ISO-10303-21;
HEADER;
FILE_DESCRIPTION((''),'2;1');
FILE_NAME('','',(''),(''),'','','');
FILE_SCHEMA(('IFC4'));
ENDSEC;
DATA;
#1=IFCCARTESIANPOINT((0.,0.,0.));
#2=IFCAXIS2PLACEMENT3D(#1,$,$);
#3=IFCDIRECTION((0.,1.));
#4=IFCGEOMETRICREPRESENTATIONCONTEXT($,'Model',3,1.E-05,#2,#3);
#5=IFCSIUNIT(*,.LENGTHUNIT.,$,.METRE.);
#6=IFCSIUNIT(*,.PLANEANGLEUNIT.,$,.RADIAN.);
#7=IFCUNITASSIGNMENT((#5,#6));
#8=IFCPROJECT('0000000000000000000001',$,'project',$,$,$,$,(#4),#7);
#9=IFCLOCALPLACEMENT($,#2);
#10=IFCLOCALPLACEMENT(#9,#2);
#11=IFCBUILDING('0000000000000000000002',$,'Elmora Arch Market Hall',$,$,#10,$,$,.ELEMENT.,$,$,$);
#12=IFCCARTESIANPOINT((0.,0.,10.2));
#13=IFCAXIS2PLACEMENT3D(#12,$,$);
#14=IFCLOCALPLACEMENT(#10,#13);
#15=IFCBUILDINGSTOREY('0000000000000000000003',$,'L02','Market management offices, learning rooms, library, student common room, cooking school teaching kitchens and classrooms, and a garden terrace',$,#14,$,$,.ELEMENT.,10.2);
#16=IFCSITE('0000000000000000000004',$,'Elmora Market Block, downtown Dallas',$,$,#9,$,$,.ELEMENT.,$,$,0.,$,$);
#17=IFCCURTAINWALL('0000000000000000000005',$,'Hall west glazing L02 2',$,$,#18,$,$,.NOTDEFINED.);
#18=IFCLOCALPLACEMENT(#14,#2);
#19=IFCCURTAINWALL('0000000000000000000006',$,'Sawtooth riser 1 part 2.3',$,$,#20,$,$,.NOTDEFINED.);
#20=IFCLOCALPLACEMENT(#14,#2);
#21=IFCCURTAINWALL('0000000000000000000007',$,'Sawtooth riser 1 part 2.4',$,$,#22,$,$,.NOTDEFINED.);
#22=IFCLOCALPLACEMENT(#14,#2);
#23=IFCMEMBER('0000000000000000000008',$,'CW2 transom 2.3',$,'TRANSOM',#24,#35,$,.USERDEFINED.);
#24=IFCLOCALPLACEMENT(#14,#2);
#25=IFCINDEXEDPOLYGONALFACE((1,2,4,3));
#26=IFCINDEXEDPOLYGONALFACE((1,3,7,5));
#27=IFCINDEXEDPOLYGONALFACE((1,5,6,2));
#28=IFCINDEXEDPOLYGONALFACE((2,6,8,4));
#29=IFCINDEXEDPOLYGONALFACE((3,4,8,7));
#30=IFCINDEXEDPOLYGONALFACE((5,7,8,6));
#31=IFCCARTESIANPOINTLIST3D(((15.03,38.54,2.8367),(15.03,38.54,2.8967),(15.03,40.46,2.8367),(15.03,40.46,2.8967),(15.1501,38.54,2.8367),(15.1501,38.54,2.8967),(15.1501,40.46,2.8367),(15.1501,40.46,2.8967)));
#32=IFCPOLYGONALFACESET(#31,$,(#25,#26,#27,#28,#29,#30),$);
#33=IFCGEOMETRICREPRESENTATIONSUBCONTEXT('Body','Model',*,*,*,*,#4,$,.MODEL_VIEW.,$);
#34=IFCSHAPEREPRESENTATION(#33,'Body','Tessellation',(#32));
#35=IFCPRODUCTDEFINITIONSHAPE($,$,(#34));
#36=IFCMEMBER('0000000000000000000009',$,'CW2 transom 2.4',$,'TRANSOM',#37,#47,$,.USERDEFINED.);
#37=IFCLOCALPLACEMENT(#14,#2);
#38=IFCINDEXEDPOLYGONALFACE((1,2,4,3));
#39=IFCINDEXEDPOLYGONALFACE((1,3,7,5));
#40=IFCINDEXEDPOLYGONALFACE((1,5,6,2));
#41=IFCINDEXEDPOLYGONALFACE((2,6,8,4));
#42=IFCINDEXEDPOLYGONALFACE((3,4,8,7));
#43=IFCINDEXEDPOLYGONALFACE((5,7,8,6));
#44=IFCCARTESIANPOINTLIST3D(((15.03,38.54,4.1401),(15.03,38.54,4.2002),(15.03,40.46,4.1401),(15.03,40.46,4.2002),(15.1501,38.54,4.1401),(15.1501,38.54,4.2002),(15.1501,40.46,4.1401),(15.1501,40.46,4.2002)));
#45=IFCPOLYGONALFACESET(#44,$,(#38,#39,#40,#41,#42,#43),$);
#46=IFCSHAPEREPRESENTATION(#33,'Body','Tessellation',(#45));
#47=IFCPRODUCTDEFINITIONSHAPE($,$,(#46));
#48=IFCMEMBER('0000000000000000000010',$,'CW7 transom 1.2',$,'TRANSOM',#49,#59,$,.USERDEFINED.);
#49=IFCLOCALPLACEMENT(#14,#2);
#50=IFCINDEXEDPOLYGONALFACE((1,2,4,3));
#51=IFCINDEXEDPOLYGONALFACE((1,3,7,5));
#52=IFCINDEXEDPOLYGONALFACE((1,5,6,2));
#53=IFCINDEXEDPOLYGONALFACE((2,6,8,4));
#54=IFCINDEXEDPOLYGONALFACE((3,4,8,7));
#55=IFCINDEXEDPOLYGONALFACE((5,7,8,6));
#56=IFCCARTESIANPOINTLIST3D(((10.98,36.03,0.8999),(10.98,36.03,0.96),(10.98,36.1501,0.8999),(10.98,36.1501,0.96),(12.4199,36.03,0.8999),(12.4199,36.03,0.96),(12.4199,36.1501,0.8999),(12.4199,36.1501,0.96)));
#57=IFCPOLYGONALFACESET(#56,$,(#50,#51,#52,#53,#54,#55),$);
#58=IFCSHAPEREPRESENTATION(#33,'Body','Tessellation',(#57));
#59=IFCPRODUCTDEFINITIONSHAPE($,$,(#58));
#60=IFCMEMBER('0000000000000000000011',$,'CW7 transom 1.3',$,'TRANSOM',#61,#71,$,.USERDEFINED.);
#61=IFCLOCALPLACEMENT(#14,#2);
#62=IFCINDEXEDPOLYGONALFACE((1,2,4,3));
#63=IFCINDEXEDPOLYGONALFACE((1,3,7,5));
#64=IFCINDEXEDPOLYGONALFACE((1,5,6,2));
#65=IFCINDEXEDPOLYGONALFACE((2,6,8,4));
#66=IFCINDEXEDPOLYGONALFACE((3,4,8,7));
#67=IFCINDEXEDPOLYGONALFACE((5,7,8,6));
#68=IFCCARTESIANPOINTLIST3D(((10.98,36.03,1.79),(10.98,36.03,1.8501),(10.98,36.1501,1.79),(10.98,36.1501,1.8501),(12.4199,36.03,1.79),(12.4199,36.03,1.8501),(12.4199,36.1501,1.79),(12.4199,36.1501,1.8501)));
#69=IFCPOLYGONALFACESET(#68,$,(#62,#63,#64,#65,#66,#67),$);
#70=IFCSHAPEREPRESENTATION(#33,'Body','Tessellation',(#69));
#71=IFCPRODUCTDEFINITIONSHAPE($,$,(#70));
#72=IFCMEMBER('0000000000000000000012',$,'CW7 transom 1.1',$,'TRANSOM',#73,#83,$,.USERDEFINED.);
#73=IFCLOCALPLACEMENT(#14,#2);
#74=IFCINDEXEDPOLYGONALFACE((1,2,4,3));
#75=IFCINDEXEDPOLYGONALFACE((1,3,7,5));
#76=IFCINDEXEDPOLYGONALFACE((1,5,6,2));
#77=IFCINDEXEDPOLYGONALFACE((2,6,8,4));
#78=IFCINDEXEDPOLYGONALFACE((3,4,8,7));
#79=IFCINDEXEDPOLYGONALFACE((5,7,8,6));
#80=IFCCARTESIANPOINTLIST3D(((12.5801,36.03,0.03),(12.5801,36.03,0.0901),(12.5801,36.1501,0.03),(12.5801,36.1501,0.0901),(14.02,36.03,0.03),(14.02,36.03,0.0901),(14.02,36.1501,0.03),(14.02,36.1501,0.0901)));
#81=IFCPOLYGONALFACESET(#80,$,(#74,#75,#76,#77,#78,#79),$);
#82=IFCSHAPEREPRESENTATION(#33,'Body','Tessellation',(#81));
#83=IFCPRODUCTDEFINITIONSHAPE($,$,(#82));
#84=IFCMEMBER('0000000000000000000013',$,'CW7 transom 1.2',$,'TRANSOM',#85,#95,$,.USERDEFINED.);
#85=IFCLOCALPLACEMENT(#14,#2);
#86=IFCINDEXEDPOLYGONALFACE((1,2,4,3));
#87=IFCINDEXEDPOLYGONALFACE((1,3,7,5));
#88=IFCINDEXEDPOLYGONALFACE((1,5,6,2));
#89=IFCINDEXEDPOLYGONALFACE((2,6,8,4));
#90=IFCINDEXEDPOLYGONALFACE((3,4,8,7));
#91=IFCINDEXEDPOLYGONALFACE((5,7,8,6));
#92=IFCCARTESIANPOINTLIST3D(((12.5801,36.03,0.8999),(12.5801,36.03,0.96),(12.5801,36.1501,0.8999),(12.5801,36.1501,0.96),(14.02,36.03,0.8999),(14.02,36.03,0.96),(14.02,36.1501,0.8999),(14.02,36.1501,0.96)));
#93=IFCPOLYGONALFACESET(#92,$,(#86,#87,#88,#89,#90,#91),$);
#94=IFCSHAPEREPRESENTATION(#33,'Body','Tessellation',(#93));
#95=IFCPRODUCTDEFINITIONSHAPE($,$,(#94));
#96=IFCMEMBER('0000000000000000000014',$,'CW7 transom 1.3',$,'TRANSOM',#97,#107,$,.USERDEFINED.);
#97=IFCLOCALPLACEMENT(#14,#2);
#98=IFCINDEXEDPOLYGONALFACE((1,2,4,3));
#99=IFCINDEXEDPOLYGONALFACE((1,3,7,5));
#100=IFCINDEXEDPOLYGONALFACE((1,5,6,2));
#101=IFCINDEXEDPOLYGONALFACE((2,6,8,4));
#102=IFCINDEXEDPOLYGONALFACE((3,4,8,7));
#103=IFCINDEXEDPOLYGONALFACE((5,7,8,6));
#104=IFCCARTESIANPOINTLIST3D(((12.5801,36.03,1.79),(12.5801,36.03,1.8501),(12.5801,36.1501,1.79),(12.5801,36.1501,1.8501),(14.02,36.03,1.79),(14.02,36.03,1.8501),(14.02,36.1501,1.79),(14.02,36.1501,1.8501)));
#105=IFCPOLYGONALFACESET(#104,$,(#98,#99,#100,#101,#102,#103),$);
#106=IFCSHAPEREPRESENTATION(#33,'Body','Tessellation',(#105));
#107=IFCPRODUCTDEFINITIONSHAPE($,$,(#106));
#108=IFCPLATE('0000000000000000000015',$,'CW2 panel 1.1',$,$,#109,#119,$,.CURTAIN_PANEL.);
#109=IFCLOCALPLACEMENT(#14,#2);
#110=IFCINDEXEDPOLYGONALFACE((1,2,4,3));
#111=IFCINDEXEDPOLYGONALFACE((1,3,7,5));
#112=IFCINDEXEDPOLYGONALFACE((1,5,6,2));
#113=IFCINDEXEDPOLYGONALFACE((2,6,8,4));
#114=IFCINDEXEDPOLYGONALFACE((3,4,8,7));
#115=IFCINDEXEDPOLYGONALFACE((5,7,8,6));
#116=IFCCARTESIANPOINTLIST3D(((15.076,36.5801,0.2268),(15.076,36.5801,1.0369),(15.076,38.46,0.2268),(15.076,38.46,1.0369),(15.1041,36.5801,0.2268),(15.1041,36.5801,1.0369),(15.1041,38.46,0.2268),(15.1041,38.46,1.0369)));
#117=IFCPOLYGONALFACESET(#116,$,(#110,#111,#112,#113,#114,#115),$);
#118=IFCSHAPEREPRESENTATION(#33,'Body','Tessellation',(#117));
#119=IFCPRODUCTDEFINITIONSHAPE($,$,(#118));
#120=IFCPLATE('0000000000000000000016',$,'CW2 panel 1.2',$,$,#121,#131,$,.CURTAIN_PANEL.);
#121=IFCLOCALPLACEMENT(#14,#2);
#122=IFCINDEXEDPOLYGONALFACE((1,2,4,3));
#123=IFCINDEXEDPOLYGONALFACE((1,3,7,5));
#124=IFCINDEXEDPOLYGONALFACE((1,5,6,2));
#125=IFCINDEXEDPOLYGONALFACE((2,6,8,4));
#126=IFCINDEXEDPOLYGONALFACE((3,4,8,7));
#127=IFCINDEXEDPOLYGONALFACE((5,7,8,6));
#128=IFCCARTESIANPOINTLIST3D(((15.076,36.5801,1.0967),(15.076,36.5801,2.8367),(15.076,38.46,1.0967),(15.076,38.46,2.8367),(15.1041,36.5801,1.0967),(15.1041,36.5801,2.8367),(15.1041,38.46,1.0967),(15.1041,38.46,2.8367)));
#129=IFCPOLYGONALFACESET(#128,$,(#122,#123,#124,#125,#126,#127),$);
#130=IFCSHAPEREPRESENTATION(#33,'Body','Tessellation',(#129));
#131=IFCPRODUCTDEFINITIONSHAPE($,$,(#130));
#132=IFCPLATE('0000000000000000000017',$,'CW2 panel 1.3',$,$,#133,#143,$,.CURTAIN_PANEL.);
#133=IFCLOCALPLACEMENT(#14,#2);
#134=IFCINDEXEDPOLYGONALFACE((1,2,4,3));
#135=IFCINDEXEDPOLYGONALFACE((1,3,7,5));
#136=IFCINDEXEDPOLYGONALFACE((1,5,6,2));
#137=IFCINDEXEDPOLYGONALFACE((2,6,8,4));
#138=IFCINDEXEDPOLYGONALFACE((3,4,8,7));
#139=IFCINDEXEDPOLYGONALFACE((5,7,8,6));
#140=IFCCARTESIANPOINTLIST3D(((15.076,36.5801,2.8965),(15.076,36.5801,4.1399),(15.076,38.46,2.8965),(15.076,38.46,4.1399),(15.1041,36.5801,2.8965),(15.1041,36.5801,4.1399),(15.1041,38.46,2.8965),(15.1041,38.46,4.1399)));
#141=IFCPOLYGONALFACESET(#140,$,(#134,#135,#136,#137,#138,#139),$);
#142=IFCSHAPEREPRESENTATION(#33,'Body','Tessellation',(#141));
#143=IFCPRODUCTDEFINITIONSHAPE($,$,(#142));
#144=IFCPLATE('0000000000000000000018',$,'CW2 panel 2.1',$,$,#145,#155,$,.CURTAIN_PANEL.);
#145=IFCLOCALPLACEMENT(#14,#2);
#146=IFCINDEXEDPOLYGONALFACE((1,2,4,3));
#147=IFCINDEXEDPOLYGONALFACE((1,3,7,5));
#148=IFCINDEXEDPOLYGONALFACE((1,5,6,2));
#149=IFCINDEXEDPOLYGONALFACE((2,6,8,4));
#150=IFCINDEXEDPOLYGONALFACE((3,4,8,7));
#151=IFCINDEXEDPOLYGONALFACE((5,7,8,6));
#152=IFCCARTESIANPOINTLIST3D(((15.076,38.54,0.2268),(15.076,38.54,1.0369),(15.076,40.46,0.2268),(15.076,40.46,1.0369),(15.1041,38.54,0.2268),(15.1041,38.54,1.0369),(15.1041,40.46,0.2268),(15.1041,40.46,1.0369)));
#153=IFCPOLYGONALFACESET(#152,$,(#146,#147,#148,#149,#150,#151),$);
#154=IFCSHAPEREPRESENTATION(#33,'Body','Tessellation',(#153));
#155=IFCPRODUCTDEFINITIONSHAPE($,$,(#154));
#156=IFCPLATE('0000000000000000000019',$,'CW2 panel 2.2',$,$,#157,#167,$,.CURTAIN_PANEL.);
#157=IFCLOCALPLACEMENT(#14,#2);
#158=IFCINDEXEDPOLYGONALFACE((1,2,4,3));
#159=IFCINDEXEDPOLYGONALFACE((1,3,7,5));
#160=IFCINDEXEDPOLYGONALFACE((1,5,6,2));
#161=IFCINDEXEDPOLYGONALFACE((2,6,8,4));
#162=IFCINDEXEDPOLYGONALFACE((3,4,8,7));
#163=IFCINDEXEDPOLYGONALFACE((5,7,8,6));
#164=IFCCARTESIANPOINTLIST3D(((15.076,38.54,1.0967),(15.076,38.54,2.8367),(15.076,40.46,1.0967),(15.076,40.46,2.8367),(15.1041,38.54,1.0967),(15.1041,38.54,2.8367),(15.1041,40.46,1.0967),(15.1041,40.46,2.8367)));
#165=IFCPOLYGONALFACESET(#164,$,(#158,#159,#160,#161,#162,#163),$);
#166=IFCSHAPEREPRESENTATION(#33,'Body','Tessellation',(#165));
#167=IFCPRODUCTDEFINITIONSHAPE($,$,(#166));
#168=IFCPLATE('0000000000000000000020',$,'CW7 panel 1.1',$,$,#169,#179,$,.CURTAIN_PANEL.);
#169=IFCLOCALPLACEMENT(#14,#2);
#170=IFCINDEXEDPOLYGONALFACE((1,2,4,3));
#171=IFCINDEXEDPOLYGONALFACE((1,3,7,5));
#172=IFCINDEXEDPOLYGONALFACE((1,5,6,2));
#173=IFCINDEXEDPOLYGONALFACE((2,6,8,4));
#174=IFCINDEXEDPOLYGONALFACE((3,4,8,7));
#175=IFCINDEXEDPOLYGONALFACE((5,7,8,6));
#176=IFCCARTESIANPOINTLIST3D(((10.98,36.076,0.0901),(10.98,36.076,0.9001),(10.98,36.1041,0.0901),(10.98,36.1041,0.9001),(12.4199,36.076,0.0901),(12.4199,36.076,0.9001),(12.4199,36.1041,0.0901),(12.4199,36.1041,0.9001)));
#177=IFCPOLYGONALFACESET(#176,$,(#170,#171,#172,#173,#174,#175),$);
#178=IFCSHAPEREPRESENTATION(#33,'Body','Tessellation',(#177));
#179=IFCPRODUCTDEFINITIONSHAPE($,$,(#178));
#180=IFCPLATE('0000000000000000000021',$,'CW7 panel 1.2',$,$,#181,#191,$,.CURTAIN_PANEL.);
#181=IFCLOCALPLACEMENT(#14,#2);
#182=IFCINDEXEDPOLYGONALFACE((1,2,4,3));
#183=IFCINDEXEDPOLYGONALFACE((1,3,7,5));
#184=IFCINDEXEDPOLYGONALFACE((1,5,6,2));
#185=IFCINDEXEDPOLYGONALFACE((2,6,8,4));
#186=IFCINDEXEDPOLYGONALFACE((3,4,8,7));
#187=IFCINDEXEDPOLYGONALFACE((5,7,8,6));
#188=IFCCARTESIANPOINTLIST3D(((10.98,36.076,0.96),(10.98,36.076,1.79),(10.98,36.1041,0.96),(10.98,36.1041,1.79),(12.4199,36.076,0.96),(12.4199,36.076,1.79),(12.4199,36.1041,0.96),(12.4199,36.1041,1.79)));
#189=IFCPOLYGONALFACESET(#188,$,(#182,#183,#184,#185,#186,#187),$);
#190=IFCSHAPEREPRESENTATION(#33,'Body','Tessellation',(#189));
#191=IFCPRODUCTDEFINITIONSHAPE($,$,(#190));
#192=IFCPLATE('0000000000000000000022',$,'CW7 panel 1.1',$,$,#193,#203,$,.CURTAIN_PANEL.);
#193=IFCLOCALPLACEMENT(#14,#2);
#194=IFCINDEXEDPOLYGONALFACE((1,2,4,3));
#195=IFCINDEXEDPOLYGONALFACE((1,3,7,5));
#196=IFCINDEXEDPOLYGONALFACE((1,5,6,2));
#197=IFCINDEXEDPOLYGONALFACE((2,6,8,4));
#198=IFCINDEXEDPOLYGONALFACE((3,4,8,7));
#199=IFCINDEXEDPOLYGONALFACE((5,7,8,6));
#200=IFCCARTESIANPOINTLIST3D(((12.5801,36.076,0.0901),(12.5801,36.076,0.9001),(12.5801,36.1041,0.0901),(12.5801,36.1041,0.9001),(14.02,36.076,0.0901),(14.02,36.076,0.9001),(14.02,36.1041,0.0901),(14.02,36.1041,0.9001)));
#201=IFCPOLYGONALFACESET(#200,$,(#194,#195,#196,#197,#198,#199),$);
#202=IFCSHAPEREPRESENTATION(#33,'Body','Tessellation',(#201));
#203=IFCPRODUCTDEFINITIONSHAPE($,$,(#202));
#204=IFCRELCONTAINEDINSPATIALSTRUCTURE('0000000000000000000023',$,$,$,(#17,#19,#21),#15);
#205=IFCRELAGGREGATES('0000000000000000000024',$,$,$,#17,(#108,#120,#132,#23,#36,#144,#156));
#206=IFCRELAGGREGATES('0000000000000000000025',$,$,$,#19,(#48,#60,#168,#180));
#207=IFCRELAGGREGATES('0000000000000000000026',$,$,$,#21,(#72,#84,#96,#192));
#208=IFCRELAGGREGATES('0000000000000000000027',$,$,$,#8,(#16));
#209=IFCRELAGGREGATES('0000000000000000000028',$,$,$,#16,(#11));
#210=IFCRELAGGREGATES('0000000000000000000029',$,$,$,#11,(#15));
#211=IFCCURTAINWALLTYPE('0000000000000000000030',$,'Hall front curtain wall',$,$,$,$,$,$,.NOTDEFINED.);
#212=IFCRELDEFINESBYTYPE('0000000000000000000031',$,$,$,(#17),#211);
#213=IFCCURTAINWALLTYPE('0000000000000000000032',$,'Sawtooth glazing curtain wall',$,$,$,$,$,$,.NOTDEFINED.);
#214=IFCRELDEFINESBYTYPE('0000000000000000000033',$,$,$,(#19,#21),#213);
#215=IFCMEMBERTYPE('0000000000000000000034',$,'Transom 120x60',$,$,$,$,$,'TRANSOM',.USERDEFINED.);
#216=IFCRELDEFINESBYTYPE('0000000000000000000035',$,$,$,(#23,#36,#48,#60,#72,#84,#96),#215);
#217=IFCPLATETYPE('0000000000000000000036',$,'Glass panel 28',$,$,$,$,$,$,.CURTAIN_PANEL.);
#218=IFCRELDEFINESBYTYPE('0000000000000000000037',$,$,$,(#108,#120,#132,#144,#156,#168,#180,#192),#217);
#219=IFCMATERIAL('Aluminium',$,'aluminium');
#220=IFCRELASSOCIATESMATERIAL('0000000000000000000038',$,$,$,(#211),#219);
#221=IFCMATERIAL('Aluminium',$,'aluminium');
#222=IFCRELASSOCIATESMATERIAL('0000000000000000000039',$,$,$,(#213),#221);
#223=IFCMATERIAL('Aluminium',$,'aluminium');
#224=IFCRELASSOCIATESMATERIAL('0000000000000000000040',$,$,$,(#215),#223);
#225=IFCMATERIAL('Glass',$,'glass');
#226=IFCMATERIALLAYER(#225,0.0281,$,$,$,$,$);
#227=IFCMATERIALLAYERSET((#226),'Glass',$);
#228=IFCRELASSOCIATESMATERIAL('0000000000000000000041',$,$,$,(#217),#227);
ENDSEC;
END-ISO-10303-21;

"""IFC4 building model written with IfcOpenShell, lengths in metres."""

from ifc_helpers import new_model, si_unit, direction, frame, origin, origin_2d, place, context, subcontext, project, spatial, rectangle, extrude, material, layer, layer_set, material_profile, profile_set, type_object, element, aggregate, save


model = new_model("IFC4")

# Units and contexts
model_context = context("Model", 3, precision=1e-05, world=origin(), true_north=direction((0.0, 1.0)))
body_context = subcontext(model_context, "Body", "Model", "MODEL_VIEW")
ifc_project = project(units=[si_unit("LENGTHUNIT", "METRE"), si_unit("PLANEANGLEUNIT", "RADIAN")], contexts=[model_context])

# Site, building, storey
site_placement = place(None, origin())
site = spatial("IfcSite", under=ifc_project, at=site_placement, Name="Elmora Market Block, downtown Dallas", CompositionType="ELEMENT", RefElevation=0.0)
building_placement = place(site_placement, origin())
building = spatial("IfcBuilding", under=site, at=building_placement, Name="Elmora Arch Market Hall", CompositionType="ELEMENT")
storey_placement = place(building_placement, frame((0.0, 0.0, 10.2)))
storey = spatial("IfcBuildingStorey", under=building, at=storey_placement, Name="L02", Description="Market management offices, learning rooms, library, student common room, cooking school teaching kitchens and classrooms, and a garden terrace", CompositionType="ELEMENT", Elevation=10.2)

# Curtain wall
ifc_material_1 = material(Name="Aluminium", Category="aluminium")
curtain_wall_type_1 = type_object("IfcCurtainWallType", Name="Hall front curtain wall", PredefinedType="NOTDEFINED", material=ifc_material_1)
curtain_wall_1_placement = place(storey_placement, origin())
curtain_wall_1 = element("IfcCurtainWall", 1, at=curtain_wall_1_placement, inside=storey, type_object=curtain_wall_type_1, Name="Hall west glazing L02 2", PredefinedType="NOTDEFINED")

# Curtain wall
ifc_material_2 = material(Name="Aluminium", Category="aluminium")
curtain_wall_type_2 = type_object("IfcCurtainWallType", Name="Sawtooth glazing curtain wall", PredefinedType="NOTDEFINED", material=ifc_material_2)
curtain_wall_2_placement = place(storey_placement, origin())
curtain_wall_2 = element("IfcCurtainWall", 2, at=curtain_wall_2_placement, inside=storey, type_object=curtain_wall_type_2, Name="Sawtooth riser 1 part 2.3", PredefinedType="NOTDEFINED")

# Curtain wall
curtain_wall_3_placement = place(storey_placement, origin())
curtain_wall_3 = element("IfcCurtainWall", 3, at=curtain_wall_3_placement, inside=storey, type_object=curtain_wall_type_2, Name="Sawtooth riser 1 part 2.4", PredefinedType="NOTDEFINED")

# Members
ifc_material_3 = material(Name="Aluminium", Category="aluminium")
ifc_material_profile_1 = material_profile(ifc_material_3, rectangle(XDim=0.1201, YDim=0.0601, at=origin_2d()), Name="AL 120x60")
ifc_profile_set_1 = profile_set([ifc_material_profile_1], Name="Aluminium")
member_type_1 = type_object("IfcMemberType", Name="Transom 120x60", ElementType="TRANSOM", PredefinedType="USERDEFINED", material=ifc_profile_set_1)
member_1_placement = place(storey_placement, frame((15.0901, 38.54, 2.8667), z_axis=(0.0, 1.0, 0.0), x_axis=(-1.0, 0.0, 0.0)))
member_1 = element("IfcMember", 4, at=member_1_placement, type_object=member_type_1, Name="CW2 transom 2.3", ObjectType="TRANSOM", PredefinedType="USERDEFINED", context=body_context, shape_type="SweptSolid", body=[
    extrude(rectangle(XDim=0.1201, YDim=0.0601, at=origin_2d()), origin(), (0.0, 0.0, 1.0), 1.9199),
])
member_2_placement = place(storey_placement, frame((15.0901, 38.54, 4.1702), z_axis=(0.0, 1.0, 0.0), x_axis=(-1.0, 0.0, 0.0)))
member_2 = element("IfcMember", 5, at=member_2_placement, type_object=member_type_1, Name="CW2 transom 2.4", ObjectType="TRANSOM", PredefinedType="USERDEFINED", context=body_context, shape_type="SweptSolid", body=[
    extrude(rectangle(XDim=0.1201, YDim=0.0601, at=origin_2d()), origin(), (0.0, 0.0, 1.0), 1.9199),
])
member_3_placement = place(storey_placement, frame((10.98, 36.0901, 0.9299), z_axis=(1.0, 0.0, 0.0), x_axis=(0.0, 1.0, 0.0)))
member_3 = element("IfcMember", 6, at=member_3_placement, type_object=member_type_1, Name="CW7 transom 1.2", ObjectType="TRANSOM", PredefinedType="USERDEFINED", context=body_context, shape_type="SweptSolid", body=[
    extrude(rectangle(XDim=0.1201, YDim=0.0601, at=origin_2d()), origin(), (0.0, 0.0, 1.0), 1.4399),
])
member_4_placement = place(storey_placement, frame((10.98, 36.0901, 1.8201), z_axis=(1.0, 0.0, 0.0), x_axis=(0.0, 1.0, 0.0)))
member_4 = element("IfcMember", 7, at=member_4_placement, type_object=member_type_1, Name="CW7 transom 1.3", ObjectType="TRANSOM", PredefinedType="USERDEFINED", context=body_context, shape_type="SweptSolid", body=[
    extrude(rectangle(XDim=0.1201, YDim=0.0601, at=origin_2d()), origin(), (0.0, 0.0, 1.0), 1.4399),
])
member_5_placement = place(storey_placement, frame((12.5801, 36.0901, 0.0601), z_axis=(1.0, 0.0, 0.0), x_axis=(0.0, 1.0, 0.0)))
member_5 = element("IfcMember", 8, at=member_5_placement, type_object=member_type_1, Name="CW7 transom 1.1", ObjectType="TRANSOM", PredefinedType="USERDEFINED", context=body_context, shape_type="SweptSolid", body=[
    extrude(rectangle(XDim=0.1201, YDim=0.0601, at=origin_2d()), origin(), (0.0, 0.0, 1.0), 1.4399),
])
member_6_placement = place(storey_placement, frame((12.5801, 36.0901, 0.9299), z_axis=(1.0, 0.0, 0.0), x_axis=(0.0, 1.0, 0.0)))
member_6 = element("IfcMember", 9, at=member_6_placement, type_object=member_type_1, Name="CW7 transom 1.2", ObjectType="TRANSOM", PredefinedType="USERDEFINED", context=body_context, shape_type="SweptSolid", body=[
    extrude(rectangle(XDim=0.1201, YDim=0.0601, at=origin_2d()), origin(), (0.0, 0.0, 1.0), 1.4399),
])
member_7_placement = place(storey_placement, frame((12.5801, 36.0901, 1.8201), z_axis=(1.0, 0.0, 0.0), x_axis=(0.0, 1.0, 0.0)))
member_7 = element("IfcMember", 10, at=member_7_placement, type_object=member_type_1, Name="CW7 transom 1.3", ObjectType="TRANSOM", PredefinedType="USERDEFINED", context=body_context, shape_type="SweptSolid", body=[
    extrude(rectangle(XDim=0.1201, YDim=0.0601, at=origin_2d()), origin(), (0.0, 0.0, 1.0), 1.4399),
])

# Plates
ifc_material_4 = material(Name="Glass", Category="glass")
ifc_layer_1 = layer(ifc_material_4, 0.0281)
ifc_layer_set_1 = layer_set([ifc_layer_1], Name="Glass")
plate_type = type_object("IfcPlateType", Name="Glass panel 28", PredefinedType="CURTAIN_PANEL", material=ifc_layer_set_1)
plate_1_placement = place(storey_placement, frame((15.0901, 37.52, 0.2268), z_axis=(0.0, 0.0, 1.0), x_axis=(0.0, 1.0, 0.0)))
plate_1 = element("IfcPlate", 11, at=plate_1_placement, type_object=plate_type, Name="CW2 panel 1.1", PredefinedType="CURTAIN_PANEL", context=body_context, shape_type="SweptSolid", body=[
    extrude(rectangle(XDim=1.8799, YDim=0.0281, at=origin_2d()), origin(), (0.0, 0.0, 1.0), 0.8101),
])
plate_2_placement = place(storey_placement, frame((15.0901, 37.52, 1.0967), z_axis=(0.0, 0.0, 1.0), x_axis=(0.0, 1.0, 0.0)))
plate_2 = element("IfcPlate", 12, at=plate_2_placement, type_object=plate_type, Name="CW2 panel 1.2", PredefinedType="CURTAIN_PANEL", context=body_context, shape_type="SweptSolid", body=[
    extrude(rectangle(XDim=1.8799, YDim=0.0281, at=origin_2d()), origin(), (0.0, 0.0, 1.0), 1.74),
])
plate_3_placement = place(storey_placement, frame((15.0901, 37.52, 2.8965), z_axis=(0.0, 0.0, 1.0), x_axis=(0.0, 1.0, 0.0)))
plate_3 = element("IfcPlate", 13, at=plate_3_placement, type_object=plate_type, Name="CW2 panel 1.3", PredefinedType="CURTAIN_PANEL", context=body_context, shape_type="SweptSolid", body=[
    extrude(rectangle(XDim=1.8799, YDim=0.0281, at=origin_2d()), origin(), (0.0, 0.0, 1.0), 1.2434),
])
plate_4_placement = place(storey_placement, frame((15.0901, 39.5, 0.2268), z_axis=(0.0, 0.0, 1.0), x_axis=(0.0, 1.0, 0.0)))
plate_4 = element("IfcPlate", 14, at=plate_4_placement, type_object=plate_type, Name="CW2 panel 2.1", PredefinedType="CURTAIN_PANEL", context=body_context, shape_type="SweptSolid", body=[
    extrude(rectangle(XDim=1.9199, YDim=0.0281, at=origin_2d()), origin(), (0.0, 0.0, 1.0), 0.8101),
])
plate_5_placement = place(storey_placement, frame((15.0901, 39.5, 1.0967), z_axis=(0.0, 0.0, 1.0), x_axis=(0.0, 1.0, 0.0)))
plate_5 = element("IfcPlate", 15, at=plate_5_placement, type_object=plate_type, Name="CW2 panel 2.2", PredefinedType="CURTAIN_PANEL", context=body_context, shape_type="SweptSolid", body=[
    extrude(rectangle(XDim=1.9199, YDim=0.0281, at=origin_2d()), origin(), (0.0, 0.0, 1.0), 1.74),
])
aggregate(curtain_wall_1, [plate_1, plate_2, plate_3, member_1, member_2, plate_4, plate_5])
plate_6_placement = place(storey_placement, frame((11.7, 36.0901, 0.0901), z_axis=(0.0, 0.0, 1.0), x_axis=(1.0, 0.0, 0.0)))
plate_6 = element("IfcPlate", 16, at=plate_6_placement, type_object=plate_type, Name="CW7 panel 1.1", PredefinedType="CURTAIN_PANEL", context=body_context, shape_type="SweptSolid", body=[
    extrude(rectangle(XDim=1.4399, YDim=0.0281, at=origin_2d()), origin(), (0.0, 0.0, 1.0), 0.8101),
])
plate_7_placement = place(storey_placement, frame((11.7, 36.0901, 0.96), z_axis=(0.0, 0.0, 1.0), x_axis=(1.0, 0.0, 0.0)))
plate_7 = element("IfcPlate", 17, at=plate_7_placement, type_object=plate_type, Name="CW7 panel 1.2", PredefinedType="CURTAIN_PANEL", context=body_context, shape_type="SweptSolid", body=[
    extrude(rectangle(XDim=1.4399, YDim=0.0281, at=origin_2d()), origin(), (0.0, 0.0, 1.0), 0.8301),
])
aggregate(curtain_wall_2, [member_3, member_4, plate_6, plate_7])
plate_8_placement = place(storey_placement, frame((13.3, 36.0901, 0.0901), z_axis=(0.0, 0.0, 1.0), x_axis=(1.0, 0.0, 0.0)))
plate_8 = element("IfcPlate", 18, at=plate_8_placement, type_object=plate_type, Name="CW7 panel 1.1", PredefinedType="CURTAIN_PANEL", context=body_context, shape_type="SweptSolid", body=[
    extrude(rectangle(XDim=1.4399, YDim=0.0281, at=origin_2d()), origin(), (0.0, 0.0, 1.0), 0.8101),
])
aggregate(curtain_wall_3, [member_5, member_6, member_7, plate_8])

save(model, "model.ifc")
